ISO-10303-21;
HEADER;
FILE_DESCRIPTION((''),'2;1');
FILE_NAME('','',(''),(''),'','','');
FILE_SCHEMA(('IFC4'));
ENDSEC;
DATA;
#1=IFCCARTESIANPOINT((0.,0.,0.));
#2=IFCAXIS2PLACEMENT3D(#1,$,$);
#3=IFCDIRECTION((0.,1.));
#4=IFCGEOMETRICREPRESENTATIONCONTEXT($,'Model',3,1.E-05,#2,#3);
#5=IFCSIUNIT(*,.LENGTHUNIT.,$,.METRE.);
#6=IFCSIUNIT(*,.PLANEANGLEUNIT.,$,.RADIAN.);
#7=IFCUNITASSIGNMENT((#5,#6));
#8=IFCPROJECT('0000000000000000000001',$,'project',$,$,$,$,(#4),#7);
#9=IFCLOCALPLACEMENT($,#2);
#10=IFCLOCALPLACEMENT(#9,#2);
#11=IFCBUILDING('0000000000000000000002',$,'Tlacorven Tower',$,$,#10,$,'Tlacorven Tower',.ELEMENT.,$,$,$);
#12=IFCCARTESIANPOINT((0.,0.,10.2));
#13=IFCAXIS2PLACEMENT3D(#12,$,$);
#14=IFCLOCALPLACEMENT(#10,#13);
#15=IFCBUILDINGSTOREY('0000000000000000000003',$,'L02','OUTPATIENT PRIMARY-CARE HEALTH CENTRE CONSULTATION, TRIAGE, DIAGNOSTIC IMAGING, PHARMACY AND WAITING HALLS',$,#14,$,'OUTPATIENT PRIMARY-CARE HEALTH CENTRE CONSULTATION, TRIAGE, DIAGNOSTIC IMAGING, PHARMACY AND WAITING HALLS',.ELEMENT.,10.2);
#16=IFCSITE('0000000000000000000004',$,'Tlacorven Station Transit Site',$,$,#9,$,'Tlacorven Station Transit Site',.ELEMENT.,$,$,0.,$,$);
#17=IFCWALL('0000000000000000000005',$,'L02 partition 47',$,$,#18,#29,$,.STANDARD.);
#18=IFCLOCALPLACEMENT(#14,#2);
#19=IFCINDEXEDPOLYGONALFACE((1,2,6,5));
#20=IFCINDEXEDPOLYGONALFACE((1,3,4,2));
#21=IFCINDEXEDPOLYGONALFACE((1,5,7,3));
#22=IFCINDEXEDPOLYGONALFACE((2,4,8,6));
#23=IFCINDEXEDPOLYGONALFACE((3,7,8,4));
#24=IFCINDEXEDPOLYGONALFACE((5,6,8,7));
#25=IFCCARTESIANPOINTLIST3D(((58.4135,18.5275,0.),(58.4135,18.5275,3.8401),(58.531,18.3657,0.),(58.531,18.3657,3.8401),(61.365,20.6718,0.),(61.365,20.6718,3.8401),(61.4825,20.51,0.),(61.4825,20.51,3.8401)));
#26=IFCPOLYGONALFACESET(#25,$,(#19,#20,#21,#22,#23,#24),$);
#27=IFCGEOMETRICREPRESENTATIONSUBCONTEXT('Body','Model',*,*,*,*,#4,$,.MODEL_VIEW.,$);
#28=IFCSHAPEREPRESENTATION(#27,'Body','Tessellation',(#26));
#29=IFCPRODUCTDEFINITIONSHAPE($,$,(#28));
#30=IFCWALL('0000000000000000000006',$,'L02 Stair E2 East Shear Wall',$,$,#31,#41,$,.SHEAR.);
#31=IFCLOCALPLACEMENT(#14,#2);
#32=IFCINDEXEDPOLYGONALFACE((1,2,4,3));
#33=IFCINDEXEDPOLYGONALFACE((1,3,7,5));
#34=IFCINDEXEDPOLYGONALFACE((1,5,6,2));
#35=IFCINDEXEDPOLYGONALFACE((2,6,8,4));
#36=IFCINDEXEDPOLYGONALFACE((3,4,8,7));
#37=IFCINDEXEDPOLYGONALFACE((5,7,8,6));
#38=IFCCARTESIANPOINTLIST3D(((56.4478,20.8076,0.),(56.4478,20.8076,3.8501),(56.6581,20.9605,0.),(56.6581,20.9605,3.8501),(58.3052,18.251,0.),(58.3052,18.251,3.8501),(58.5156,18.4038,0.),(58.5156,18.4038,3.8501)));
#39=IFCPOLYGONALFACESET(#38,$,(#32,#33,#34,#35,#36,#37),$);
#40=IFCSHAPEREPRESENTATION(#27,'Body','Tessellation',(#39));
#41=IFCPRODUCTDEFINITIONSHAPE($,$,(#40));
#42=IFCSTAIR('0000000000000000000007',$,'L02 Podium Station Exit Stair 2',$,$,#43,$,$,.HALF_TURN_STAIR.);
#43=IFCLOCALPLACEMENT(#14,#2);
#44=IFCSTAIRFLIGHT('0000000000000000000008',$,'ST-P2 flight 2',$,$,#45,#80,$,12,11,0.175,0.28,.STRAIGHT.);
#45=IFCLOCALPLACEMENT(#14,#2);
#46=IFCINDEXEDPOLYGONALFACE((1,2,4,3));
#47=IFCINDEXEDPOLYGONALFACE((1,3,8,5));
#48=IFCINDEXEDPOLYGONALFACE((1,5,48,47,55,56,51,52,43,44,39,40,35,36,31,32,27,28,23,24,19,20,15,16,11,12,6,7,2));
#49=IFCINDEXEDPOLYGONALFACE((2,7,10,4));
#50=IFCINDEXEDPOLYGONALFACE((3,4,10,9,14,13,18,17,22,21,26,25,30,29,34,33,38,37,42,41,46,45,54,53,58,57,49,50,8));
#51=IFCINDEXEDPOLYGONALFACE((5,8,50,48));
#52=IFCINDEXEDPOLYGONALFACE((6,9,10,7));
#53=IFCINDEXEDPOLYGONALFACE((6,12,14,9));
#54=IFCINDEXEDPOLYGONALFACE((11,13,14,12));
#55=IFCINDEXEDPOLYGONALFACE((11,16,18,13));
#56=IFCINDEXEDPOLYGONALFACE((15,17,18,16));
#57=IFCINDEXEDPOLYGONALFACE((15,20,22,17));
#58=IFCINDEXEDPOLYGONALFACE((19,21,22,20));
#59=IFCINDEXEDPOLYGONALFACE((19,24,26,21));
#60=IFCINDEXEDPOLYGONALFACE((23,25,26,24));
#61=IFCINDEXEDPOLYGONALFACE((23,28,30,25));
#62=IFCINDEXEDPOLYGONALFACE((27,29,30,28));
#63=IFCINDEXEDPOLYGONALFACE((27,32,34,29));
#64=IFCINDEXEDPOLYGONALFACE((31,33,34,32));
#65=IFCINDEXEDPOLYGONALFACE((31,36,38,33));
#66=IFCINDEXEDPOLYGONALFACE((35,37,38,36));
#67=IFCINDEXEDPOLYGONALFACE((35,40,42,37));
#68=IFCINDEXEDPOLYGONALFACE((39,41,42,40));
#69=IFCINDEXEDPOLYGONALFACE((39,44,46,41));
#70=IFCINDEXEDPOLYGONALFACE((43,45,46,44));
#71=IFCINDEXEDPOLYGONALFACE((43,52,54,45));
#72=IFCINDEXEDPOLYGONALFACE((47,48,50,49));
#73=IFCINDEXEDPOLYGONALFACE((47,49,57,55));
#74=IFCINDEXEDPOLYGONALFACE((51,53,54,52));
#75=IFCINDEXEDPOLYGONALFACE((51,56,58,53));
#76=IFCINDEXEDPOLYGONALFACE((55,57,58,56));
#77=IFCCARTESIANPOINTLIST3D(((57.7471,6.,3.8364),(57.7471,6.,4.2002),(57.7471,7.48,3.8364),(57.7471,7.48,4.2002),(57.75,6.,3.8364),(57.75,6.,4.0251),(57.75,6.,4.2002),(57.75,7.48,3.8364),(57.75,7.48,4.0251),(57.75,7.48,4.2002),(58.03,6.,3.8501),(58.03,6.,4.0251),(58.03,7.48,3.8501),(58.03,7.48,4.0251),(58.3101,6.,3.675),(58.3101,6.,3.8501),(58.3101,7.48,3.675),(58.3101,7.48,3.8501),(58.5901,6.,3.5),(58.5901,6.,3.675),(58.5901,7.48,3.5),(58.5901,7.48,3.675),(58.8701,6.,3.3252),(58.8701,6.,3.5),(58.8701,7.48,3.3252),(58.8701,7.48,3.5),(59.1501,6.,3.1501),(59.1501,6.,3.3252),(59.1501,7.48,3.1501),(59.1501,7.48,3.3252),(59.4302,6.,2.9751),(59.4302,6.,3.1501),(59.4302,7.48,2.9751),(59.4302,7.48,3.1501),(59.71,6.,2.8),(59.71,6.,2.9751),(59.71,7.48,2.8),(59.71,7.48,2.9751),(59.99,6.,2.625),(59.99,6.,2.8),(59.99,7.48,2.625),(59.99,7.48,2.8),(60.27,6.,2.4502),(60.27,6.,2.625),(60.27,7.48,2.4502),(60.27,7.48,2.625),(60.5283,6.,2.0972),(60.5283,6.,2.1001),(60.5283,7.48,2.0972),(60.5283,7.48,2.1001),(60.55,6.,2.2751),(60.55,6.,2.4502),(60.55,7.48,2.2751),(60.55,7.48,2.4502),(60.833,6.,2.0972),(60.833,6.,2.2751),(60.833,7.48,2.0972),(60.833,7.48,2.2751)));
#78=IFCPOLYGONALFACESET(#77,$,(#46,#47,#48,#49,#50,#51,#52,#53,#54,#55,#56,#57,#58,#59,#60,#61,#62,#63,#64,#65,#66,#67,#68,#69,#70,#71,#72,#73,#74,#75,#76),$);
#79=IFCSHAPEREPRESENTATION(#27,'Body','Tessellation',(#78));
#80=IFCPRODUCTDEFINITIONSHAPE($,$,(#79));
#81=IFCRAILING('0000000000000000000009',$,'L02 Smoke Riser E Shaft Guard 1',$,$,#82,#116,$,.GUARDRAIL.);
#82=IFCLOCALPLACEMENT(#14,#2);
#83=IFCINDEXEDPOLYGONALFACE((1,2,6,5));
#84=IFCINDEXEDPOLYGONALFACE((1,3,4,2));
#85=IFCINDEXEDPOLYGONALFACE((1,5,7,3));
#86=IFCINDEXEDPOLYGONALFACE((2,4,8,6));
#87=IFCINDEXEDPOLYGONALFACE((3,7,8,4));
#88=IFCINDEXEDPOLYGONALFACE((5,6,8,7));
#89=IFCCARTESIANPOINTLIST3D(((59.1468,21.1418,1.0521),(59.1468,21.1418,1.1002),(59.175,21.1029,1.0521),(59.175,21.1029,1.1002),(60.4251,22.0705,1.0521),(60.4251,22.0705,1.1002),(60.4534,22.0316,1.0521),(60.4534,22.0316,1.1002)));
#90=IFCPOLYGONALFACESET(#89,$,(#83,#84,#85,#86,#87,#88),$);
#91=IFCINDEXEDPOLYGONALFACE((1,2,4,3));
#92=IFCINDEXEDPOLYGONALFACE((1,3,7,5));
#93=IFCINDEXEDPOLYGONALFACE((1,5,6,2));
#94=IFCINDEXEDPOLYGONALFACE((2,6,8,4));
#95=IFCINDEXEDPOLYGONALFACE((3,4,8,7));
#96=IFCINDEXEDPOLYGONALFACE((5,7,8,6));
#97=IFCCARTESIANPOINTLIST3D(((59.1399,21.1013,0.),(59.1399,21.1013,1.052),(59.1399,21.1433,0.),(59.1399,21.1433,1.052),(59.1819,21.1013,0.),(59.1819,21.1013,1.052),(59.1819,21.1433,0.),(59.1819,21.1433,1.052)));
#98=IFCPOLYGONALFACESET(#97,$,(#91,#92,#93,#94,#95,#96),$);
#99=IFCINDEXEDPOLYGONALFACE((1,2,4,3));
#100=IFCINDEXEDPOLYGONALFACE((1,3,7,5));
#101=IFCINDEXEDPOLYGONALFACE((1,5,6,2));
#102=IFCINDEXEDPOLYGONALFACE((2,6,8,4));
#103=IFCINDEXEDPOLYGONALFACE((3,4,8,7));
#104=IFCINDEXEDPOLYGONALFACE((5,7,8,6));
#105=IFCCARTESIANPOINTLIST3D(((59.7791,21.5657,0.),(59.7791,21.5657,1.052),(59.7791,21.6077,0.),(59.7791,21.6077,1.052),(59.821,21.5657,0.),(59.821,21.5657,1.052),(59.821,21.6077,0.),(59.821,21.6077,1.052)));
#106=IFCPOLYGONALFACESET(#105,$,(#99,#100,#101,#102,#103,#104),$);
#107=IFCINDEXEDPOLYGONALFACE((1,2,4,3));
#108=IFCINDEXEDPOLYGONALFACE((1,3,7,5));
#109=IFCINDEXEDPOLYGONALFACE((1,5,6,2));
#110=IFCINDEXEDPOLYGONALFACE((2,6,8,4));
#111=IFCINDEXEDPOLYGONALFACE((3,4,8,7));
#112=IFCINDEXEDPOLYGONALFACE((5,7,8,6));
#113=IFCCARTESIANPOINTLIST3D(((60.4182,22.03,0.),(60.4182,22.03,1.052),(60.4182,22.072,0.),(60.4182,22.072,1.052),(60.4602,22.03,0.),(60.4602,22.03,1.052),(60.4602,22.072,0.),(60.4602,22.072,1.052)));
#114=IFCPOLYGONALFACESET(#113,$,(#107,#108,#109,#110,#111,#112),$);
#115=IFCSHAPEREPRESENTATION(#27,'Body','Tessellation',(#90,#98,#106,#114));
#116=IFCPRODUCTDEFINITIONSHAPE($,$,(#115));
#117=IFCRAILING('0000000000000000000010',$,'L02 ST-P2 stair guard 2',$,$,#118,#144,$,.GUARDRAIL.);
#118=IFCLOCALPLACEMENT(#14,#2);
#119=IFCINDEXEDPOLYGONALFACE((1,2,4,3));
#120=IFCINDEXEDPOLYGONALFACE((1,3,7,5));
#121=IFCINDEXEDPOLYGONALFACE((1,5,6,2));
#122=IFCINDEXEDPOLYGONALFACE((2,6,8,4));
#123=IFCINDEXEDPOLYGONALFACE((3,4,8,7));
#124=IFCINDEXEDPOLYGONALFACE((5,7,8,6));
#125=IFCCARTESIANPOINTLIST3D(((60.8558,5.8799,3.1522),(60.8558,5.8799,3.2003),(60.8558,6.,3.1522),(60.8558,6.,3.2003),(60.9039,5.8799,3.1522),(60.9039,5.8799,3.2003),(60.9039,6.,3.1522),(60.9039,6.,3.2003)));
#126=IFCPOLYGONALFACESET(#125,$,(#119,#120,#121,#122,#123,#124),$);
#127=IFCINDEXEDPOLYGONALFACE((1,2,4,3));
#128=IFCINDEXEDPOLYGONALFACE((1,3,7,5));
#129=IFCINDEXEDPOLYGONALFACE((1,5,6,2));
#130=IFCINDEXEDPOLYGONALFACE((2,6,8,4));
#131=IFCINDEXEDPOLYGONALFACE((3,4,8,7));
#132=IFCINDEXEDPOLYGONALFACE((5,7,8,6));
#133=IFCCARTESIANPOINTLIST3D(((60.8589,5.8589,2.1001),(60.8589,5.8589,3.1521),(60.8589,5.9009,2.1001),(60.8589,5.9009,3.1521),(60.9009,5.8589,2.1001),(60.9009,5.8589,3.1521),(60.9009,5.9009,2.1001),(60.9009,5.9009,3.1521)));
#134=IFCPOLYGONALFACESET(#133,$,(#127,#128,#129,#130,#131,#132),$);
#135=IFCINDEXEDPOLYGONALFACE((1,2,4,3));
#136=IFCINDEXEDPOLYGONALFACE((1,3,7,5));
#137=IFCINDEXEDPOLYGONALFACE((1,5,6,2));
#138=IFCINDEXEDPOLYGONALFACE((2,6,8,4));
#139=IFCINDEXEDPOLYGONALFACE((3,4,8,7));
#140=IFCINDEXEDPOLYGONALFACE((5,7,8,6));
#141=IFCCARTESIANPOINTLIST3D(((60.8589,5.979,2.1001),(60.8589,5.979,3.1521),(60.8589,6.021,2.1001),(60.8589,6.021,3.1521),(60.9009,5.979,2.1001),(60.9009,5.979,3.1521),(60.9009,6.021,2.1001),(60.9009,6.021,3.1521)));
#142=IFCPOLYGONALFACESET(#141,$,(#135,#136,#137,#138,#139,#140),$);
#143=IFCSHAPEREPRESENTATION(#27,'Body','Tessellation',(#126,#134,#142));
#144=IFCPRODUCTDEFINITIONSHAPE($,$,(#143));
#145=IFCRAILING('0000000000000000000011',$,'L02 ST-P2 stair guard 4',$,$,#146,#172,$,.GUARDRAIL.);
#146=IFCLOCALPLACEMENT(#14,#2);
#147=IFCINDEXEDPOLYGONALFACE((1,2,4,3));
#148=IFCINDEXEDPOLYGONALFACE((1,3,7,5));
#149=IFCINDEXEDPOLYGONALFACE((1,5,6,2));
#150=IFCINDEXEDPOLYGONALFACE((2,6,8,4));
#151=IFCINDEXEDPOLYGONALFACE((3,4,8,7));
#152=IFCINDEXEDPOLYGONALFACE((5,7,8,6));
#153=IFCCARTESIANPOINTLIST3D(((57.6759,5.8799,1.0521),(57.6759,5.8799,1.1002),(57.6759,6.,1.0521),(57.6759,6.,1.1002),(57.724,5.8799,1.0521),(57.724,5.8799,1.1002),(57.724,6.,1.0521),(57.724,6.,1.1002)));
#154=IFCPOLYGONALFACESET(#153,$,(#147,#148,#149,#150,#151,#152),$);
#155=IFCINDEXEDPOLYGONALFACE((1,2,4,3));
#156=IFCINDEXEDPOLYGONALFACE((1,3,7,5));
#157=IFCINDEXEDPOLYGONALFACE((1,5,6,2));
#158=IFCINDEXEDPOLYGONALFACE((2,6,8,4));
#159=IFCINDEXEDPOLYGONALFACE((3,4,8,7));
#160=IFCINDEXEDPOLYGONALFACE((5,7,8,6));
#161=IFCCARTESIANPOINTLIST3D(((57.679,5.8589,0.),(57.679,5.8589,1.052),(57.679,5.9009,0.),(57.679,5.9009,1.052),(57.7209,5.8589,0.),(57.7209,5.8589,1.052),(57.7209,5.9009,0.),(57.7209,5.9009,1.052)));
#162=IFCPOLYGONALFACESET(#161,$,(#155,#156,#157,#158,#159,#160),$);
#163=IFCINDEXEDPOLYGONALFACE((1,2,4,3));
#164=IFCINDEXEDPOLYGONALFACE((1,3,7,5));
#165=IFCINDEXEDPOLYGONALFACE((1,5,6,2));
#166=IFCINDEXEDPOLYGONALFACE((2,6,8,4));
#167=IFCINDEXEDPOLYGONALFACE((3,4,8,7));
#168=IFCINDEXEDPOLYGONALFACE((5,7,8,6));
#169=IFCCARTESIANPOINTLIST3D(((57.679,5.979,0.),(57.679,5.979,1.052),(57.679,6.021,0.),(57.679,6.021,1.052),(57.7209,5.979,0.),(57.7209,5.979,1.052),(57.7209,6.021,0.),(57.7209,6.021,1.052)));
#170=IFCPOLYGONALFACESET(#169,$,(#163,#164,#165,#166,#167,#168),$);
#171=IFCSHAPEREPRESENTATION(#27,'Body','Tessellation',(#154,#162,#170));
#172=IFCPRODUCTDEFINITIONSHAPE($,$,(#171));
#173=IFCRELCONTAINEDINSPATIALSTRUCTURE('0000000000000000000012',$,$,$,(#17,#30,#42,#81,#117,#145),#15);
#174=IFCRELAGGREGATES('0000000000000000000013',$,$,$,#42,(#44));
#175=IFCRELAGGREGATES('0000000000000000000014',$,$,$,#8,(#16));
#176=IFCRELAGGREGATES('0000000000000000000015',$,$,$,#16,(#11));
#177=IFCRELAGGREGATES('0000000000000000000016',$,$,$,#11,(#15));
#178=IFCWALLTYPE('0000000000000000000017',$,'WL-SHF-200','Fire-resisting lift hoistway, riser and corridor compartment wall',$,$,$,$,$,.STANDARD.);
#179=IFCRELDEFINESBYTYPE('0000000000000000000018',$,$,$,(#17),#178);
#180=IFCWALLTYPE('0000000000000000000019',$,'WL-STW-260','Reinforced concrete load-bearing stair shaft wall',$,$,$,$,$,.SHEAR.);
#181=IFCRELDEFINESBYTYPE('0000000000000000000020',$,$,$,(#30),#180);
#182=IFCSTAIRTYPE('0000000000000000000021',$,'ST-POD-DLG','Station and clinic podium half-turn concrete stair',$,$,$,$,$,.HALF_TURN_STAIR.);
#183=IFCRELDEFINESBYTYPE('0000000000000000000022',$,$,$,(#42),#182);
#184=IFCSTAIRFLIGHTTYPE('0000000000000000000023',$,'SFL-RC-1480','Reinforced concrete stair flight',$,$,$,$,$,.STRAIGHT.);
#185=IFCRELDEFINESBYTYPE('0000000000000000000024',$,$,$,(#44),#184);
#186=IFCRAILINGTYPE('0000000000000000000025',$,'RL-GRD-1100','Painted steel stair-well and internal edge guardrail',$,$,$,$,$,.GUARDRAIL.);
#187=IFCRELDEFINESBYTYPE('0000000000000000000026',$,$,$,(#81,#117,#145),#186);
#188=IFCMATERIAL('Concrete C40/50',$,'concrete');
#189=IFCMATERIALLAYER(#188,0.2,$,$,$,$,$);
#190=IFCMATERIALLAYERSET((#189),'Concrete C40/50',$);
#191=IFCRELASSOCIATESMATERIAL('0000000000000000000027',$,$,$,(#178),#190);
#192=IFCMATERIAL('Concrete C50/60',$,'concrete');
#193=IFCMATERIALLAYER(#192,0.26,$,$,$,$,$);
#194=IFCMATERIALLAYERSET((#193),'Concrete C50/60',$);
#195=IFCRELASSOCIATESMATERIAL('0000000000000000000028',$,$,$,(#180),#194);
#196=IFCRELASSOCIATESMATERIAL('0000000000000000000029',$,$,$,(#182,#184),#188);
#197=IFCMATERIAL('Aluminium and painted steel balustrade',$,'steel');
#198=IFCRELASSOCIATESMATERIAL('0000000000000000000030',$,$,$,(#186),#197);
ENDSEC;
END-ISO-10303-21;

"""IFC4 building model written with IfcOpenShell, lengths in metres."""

from ifc_helpers import new_model, si_unit, direction, frame, frame_2d, origin, origin_2d, place, context, subcontext, project, spatial, polyline, rectangle, outline, extrude, source, transform, mapped, material, layer, layer_set, type_object, element, aggregate, save


model = new_model("IFC4")

# Units and contexts
model_context = context("Model", 3, precision=1e-05, world=origin(), true_north=direction((0.0, 1.0)))
body_context = subcontext(model_context, "Body", "Model", "MODEL_VIEW")
ifc_project = project(units=[si_unit("LENGTHUNIT", "METRE"), si_unit("PLANEANGLEUNIT", "RADIAN")], contexts=[model_context])

# Site, building, storey
site_placement = place(None, origin())
site = spatial("IfcSite", under=ifc_project, at=site_placement, Name="Tlacorven Station Transit Site", LongName="Tlacorven Station Transit Site", CompositionType="ELEMENT", RefElevation=0.0)
building_placement = place(site_placement, origin())
building = spatial("IfcBuilding", under=site, at=building_placement, Name="Tlacorven Tower", LongName="Tlacorven Tower", CompositionType="ELEMENT")
storey_placement = place(building_placement, frame((0.0, 0.0, 10.2)))
storey = spatial("IfcBuildingStorey", under=building, at=storey_placement, Name="L02", Description="OUTPATIENT PRIMARY-CARE HEALTH CENTRE CONSULTATION, TRIAGE, DIAGNOSTIC IMAGING, PHARMACY AND WAITING HALLS", LongName="OUTPATIENT PRIMARY-CARE HEALTH CENTRE CONSULTATION, TRIAGE, DIAGNOSTIC IMAGING, PHARMACY AND WAITING HALLS", CompositionType="ELEMENT", Elevation=10.2)

# Shared definitions
ifc_material_1 = material(Name="Concrete C40/50", Category="concrete")
ifc_layer_1 = layer(ifc_material_1, 0.2)
ifc_layer_set_1 = layer_set([ifc_layer_1], Name="Concrete C40/50")
wall_type_1 = type_object("IfcWallType", Name="WL-SHF-200", Description="Fire-resisting lift hoistway, riser and corridor compartment wall", PredefinedType="STANDARD", material=ifc_layer_set_1)

# Walls
wall_1_placement = place(storey_placement, frame((58.4722, 18.4465, 0.0), z_axis=(0.0, 0.0, 1.0), x_axis=(0.809022, 0.587778, 0.0)))
element("IfcWall", 1, at=wall_1_placement, inside=storey, type_object=wall_type_1, Name="L02 partition 47", PredefinedType="STANDARD", context=body_context, shape_type="SweptSolid", body=[
    extrude(rectangle(XDim=3.6482, YDim=0.2, at=frame_2d((1.8242, 0.0))), origin(), (0.0, 0.0, 1.0), 3.8401),
])
ifc_material_2 = material(Name="Concrete C50/60", Category="concrete")
ifc_layer_2 = layer(ifc_material_2, 0.26)
ifc_layer_set_2 = layer_set([ifc_layer_2], Name="Concrete C50/60")
wall_type_2 = type_object("IfcWallType", Name="WL-STW-260", Description="Reinforced concrete load-bearing stair shaft wall", PredefinedType="SHEAR", material=ifc_layer_set_2)
wall_2_placement = place(storey_placement, frame((58.4104, 18.3274, 0.0), z_axis=(0.0, 0.0, 1.0), x_axis=(-0.587767, 0.80903, 0.0)))
element("IfcWall", 2, at=wall_2_placement, inside=storey, type_object=wall_type_2, Name="L02 Stair E2 East Shear Wall", PredefinedType="SHEAR", context=body_context, shape_type="SweptSolid", body=[
    extrude(rectangle(XDim=3.1602, YDim=0.26, at=frame_2d((1.5801, 0.0))), origin(), (0.0, 0.0, 1.0), 3.8501),
])

# Stair, stair flight
stair_type = type_object("IfcStairType", Name="ST-POD-DLG", Description="Station and clinic podium half-turn concrete stair", PredefinedType="HALF_TURN_STAIR", material=ifc_material_1)
stair_placement = place(storey_placement, origin())
stair = element("IfcStair", 3, at=stair_placement, inside=storey, type_object=stair_type, Name="L02 Podium Station Exit Stair 2", PredefinedType="HALF_TURN_STAIR")
stair_flight_type = type_object("IfcStairFlightType", Name="SFL-RC-1480", Description="Reinforced concrete stair flight", PredefinedType="STRAIGHT", material=ifc_material_1)
shared_shape_1 = source(origin(), body_context, "Body", "SweptSolid", [
    extrude(outline(polyline([(-0.0029, -0.0029), (-0.0029, 0.175), (0.28, 0.175), (0.28, 0.3501), (0.5601, 0.3501), (0.5601, 0.5249), (0.8401, 0.5249), (0.8401, 0.7), (1.1201, 0.7), (1.1201, 0.875), (1.3999, 0.875), (1.3999, 1.05), (1.6799, 1.05), (1.6799, 1.2251), (1.96, 1.2251), (1.96, 1.3999), (2.24, 1.3999), (2.24, 1.575), (2.52, 1.575), (2.52, 1.75), (2.8, 1.75), (2.8, 1.925), (3.0801, 1.925), (3.0801, 2.1001), (3.083, 2.1001), (3.083, 1.7363), (3.0801, 1.7363), (0.3018, 0.0), (0.3018, -0.0029), (-0.0029, -0.0029)])), frame((0.0, 0.74, 0.0), z_axis=(0.0, -1.0, 0.0), x_axis=(1.0, 0.0, 0.0)), (0.0, 0.0, 1.0), 1.48),
])
stair_flight_placement = place(storey_placement, frame((60.8301, 6.74, 2.1001), z_axis=(0.0, 0.0, 1.0), x_axis=(-1.0, 0.0, 0.0)))
stair_flight = element("IfcStairFlight", 4, at=stair_flight_placement, type_object=stair_flight_type, Name="ST-P2 flight 2", NumberOfRisers=12, NumberOfTreads=11, PredefinedType="STRAIGHT", RiserHeight=0.175, TreadLength=0.28, context=body_context, shape_type="MappedRepresentation", body=[
    mapped(shared_shape_1, transform((0.0, 0.0, 0.0), scale=1.0)),
])
aggregate(stair, [stair_flight])

# Railings
ifc_material_3 = material(Name="Aluminium and painted steel balustrade", Category="steel")
railing_type_1 = type_object("IfcRailingType", Name="RL-GRD-1100", Description="Painted steel stair-well and internal edge guardrail", PredefinedType="GUARDRAIL", material=ifc_material_3)
shared_shape_2 = source(origin(), body_context, "Body", "SweptSolid", [
    extrude(rectangle(XDim=0.0481, YDim=0.0481, at=origin_2d()), frame((0.0, 0.0, 1.0762), z_axis=(0.80903, 0.587767, 0.0), x_axis=(-0.587767, 0.80903, 0.0)), (0.0, 0.0, 1.0), 1.5801),
    extrude(rectangle(XDim=0.042, YDim=0.042, at=origin_2d()), origin(), (0.0, 0.0, 1.0), 1.052),
    extrude(rectangle(XDim=0.042, YDim=0.042, at=origin_2d()), frame((0.6392, 0.4644, 0.0)), (0.0, 0.0, 1.0), 1.052),
    extrude(rectangle(XDim=0.042, YDim=0.042, at=origin_2d()), frame((1.2783, 0.9287, 0.0)), (0.0, 0.0, 1.0), 1.052),
])
railing_1_placement = place(storey_placement, frame((59.1609, 21.1223, 0.0)))
element("IfcRailing", 5, at=railing_1_placement, inside=storey, type_object=railing_type_1, Name="L02 Smoke Riser E Shaft Guard 1", PredefinedType="GUARDRAIL", context=body_context, shape_type="MappedRepresentation", body=[
    mapped(shared_shape_2, transform((0.0, 0.0, 0.0), scale=1.0)),
])
shared_shape_3 = source(origin(), body_context, "Body", "SweptSolid", [
    extrude(rectangle(XDim=0.0481, YDim=0.0481, at=origin_2d()), frame((0.0, 0.0, 1.0762), z_axis=(0.0, 1.0, 0.0), x_axis=(-1.0, 0.0, 0.0)), (0.0, 0.0, 1.0), 0.1201),
    extrude(rectangle(XDim=0.042, YDim=0.042, at=origin_2d()), origin(), (0.0, 0.0, 1.0), 1.052),
    extrude(rectangle(XDim=0.042, YDim=0.042, at=origin_2d()), frame((0.0, 0.1201, 0.0)), (0.0, 0.0, 1.0), 1.052),
])
for number, where, name in (
    (6, (60.8799, 5.8799, 2.1001), "L02 ST-P2 stair guard 2"),
    (7, (57.7, 5.8799, 0.0), "L02 ST-P2 stair guard 4"),
):
    element("IfcRailing", number, at=place(storey_placement, frame(where)), inside=storey, type_object=railing_type_1, Name=name, PredefinedType="GUARDRAIL", context=body_context, shape_type="MappedRepresentation", body=[
        mapped(shared_shape_3, transform((0.0, 0.0, 0.0), scale=1.0)),
    ])

save(model, "model.ifc")
